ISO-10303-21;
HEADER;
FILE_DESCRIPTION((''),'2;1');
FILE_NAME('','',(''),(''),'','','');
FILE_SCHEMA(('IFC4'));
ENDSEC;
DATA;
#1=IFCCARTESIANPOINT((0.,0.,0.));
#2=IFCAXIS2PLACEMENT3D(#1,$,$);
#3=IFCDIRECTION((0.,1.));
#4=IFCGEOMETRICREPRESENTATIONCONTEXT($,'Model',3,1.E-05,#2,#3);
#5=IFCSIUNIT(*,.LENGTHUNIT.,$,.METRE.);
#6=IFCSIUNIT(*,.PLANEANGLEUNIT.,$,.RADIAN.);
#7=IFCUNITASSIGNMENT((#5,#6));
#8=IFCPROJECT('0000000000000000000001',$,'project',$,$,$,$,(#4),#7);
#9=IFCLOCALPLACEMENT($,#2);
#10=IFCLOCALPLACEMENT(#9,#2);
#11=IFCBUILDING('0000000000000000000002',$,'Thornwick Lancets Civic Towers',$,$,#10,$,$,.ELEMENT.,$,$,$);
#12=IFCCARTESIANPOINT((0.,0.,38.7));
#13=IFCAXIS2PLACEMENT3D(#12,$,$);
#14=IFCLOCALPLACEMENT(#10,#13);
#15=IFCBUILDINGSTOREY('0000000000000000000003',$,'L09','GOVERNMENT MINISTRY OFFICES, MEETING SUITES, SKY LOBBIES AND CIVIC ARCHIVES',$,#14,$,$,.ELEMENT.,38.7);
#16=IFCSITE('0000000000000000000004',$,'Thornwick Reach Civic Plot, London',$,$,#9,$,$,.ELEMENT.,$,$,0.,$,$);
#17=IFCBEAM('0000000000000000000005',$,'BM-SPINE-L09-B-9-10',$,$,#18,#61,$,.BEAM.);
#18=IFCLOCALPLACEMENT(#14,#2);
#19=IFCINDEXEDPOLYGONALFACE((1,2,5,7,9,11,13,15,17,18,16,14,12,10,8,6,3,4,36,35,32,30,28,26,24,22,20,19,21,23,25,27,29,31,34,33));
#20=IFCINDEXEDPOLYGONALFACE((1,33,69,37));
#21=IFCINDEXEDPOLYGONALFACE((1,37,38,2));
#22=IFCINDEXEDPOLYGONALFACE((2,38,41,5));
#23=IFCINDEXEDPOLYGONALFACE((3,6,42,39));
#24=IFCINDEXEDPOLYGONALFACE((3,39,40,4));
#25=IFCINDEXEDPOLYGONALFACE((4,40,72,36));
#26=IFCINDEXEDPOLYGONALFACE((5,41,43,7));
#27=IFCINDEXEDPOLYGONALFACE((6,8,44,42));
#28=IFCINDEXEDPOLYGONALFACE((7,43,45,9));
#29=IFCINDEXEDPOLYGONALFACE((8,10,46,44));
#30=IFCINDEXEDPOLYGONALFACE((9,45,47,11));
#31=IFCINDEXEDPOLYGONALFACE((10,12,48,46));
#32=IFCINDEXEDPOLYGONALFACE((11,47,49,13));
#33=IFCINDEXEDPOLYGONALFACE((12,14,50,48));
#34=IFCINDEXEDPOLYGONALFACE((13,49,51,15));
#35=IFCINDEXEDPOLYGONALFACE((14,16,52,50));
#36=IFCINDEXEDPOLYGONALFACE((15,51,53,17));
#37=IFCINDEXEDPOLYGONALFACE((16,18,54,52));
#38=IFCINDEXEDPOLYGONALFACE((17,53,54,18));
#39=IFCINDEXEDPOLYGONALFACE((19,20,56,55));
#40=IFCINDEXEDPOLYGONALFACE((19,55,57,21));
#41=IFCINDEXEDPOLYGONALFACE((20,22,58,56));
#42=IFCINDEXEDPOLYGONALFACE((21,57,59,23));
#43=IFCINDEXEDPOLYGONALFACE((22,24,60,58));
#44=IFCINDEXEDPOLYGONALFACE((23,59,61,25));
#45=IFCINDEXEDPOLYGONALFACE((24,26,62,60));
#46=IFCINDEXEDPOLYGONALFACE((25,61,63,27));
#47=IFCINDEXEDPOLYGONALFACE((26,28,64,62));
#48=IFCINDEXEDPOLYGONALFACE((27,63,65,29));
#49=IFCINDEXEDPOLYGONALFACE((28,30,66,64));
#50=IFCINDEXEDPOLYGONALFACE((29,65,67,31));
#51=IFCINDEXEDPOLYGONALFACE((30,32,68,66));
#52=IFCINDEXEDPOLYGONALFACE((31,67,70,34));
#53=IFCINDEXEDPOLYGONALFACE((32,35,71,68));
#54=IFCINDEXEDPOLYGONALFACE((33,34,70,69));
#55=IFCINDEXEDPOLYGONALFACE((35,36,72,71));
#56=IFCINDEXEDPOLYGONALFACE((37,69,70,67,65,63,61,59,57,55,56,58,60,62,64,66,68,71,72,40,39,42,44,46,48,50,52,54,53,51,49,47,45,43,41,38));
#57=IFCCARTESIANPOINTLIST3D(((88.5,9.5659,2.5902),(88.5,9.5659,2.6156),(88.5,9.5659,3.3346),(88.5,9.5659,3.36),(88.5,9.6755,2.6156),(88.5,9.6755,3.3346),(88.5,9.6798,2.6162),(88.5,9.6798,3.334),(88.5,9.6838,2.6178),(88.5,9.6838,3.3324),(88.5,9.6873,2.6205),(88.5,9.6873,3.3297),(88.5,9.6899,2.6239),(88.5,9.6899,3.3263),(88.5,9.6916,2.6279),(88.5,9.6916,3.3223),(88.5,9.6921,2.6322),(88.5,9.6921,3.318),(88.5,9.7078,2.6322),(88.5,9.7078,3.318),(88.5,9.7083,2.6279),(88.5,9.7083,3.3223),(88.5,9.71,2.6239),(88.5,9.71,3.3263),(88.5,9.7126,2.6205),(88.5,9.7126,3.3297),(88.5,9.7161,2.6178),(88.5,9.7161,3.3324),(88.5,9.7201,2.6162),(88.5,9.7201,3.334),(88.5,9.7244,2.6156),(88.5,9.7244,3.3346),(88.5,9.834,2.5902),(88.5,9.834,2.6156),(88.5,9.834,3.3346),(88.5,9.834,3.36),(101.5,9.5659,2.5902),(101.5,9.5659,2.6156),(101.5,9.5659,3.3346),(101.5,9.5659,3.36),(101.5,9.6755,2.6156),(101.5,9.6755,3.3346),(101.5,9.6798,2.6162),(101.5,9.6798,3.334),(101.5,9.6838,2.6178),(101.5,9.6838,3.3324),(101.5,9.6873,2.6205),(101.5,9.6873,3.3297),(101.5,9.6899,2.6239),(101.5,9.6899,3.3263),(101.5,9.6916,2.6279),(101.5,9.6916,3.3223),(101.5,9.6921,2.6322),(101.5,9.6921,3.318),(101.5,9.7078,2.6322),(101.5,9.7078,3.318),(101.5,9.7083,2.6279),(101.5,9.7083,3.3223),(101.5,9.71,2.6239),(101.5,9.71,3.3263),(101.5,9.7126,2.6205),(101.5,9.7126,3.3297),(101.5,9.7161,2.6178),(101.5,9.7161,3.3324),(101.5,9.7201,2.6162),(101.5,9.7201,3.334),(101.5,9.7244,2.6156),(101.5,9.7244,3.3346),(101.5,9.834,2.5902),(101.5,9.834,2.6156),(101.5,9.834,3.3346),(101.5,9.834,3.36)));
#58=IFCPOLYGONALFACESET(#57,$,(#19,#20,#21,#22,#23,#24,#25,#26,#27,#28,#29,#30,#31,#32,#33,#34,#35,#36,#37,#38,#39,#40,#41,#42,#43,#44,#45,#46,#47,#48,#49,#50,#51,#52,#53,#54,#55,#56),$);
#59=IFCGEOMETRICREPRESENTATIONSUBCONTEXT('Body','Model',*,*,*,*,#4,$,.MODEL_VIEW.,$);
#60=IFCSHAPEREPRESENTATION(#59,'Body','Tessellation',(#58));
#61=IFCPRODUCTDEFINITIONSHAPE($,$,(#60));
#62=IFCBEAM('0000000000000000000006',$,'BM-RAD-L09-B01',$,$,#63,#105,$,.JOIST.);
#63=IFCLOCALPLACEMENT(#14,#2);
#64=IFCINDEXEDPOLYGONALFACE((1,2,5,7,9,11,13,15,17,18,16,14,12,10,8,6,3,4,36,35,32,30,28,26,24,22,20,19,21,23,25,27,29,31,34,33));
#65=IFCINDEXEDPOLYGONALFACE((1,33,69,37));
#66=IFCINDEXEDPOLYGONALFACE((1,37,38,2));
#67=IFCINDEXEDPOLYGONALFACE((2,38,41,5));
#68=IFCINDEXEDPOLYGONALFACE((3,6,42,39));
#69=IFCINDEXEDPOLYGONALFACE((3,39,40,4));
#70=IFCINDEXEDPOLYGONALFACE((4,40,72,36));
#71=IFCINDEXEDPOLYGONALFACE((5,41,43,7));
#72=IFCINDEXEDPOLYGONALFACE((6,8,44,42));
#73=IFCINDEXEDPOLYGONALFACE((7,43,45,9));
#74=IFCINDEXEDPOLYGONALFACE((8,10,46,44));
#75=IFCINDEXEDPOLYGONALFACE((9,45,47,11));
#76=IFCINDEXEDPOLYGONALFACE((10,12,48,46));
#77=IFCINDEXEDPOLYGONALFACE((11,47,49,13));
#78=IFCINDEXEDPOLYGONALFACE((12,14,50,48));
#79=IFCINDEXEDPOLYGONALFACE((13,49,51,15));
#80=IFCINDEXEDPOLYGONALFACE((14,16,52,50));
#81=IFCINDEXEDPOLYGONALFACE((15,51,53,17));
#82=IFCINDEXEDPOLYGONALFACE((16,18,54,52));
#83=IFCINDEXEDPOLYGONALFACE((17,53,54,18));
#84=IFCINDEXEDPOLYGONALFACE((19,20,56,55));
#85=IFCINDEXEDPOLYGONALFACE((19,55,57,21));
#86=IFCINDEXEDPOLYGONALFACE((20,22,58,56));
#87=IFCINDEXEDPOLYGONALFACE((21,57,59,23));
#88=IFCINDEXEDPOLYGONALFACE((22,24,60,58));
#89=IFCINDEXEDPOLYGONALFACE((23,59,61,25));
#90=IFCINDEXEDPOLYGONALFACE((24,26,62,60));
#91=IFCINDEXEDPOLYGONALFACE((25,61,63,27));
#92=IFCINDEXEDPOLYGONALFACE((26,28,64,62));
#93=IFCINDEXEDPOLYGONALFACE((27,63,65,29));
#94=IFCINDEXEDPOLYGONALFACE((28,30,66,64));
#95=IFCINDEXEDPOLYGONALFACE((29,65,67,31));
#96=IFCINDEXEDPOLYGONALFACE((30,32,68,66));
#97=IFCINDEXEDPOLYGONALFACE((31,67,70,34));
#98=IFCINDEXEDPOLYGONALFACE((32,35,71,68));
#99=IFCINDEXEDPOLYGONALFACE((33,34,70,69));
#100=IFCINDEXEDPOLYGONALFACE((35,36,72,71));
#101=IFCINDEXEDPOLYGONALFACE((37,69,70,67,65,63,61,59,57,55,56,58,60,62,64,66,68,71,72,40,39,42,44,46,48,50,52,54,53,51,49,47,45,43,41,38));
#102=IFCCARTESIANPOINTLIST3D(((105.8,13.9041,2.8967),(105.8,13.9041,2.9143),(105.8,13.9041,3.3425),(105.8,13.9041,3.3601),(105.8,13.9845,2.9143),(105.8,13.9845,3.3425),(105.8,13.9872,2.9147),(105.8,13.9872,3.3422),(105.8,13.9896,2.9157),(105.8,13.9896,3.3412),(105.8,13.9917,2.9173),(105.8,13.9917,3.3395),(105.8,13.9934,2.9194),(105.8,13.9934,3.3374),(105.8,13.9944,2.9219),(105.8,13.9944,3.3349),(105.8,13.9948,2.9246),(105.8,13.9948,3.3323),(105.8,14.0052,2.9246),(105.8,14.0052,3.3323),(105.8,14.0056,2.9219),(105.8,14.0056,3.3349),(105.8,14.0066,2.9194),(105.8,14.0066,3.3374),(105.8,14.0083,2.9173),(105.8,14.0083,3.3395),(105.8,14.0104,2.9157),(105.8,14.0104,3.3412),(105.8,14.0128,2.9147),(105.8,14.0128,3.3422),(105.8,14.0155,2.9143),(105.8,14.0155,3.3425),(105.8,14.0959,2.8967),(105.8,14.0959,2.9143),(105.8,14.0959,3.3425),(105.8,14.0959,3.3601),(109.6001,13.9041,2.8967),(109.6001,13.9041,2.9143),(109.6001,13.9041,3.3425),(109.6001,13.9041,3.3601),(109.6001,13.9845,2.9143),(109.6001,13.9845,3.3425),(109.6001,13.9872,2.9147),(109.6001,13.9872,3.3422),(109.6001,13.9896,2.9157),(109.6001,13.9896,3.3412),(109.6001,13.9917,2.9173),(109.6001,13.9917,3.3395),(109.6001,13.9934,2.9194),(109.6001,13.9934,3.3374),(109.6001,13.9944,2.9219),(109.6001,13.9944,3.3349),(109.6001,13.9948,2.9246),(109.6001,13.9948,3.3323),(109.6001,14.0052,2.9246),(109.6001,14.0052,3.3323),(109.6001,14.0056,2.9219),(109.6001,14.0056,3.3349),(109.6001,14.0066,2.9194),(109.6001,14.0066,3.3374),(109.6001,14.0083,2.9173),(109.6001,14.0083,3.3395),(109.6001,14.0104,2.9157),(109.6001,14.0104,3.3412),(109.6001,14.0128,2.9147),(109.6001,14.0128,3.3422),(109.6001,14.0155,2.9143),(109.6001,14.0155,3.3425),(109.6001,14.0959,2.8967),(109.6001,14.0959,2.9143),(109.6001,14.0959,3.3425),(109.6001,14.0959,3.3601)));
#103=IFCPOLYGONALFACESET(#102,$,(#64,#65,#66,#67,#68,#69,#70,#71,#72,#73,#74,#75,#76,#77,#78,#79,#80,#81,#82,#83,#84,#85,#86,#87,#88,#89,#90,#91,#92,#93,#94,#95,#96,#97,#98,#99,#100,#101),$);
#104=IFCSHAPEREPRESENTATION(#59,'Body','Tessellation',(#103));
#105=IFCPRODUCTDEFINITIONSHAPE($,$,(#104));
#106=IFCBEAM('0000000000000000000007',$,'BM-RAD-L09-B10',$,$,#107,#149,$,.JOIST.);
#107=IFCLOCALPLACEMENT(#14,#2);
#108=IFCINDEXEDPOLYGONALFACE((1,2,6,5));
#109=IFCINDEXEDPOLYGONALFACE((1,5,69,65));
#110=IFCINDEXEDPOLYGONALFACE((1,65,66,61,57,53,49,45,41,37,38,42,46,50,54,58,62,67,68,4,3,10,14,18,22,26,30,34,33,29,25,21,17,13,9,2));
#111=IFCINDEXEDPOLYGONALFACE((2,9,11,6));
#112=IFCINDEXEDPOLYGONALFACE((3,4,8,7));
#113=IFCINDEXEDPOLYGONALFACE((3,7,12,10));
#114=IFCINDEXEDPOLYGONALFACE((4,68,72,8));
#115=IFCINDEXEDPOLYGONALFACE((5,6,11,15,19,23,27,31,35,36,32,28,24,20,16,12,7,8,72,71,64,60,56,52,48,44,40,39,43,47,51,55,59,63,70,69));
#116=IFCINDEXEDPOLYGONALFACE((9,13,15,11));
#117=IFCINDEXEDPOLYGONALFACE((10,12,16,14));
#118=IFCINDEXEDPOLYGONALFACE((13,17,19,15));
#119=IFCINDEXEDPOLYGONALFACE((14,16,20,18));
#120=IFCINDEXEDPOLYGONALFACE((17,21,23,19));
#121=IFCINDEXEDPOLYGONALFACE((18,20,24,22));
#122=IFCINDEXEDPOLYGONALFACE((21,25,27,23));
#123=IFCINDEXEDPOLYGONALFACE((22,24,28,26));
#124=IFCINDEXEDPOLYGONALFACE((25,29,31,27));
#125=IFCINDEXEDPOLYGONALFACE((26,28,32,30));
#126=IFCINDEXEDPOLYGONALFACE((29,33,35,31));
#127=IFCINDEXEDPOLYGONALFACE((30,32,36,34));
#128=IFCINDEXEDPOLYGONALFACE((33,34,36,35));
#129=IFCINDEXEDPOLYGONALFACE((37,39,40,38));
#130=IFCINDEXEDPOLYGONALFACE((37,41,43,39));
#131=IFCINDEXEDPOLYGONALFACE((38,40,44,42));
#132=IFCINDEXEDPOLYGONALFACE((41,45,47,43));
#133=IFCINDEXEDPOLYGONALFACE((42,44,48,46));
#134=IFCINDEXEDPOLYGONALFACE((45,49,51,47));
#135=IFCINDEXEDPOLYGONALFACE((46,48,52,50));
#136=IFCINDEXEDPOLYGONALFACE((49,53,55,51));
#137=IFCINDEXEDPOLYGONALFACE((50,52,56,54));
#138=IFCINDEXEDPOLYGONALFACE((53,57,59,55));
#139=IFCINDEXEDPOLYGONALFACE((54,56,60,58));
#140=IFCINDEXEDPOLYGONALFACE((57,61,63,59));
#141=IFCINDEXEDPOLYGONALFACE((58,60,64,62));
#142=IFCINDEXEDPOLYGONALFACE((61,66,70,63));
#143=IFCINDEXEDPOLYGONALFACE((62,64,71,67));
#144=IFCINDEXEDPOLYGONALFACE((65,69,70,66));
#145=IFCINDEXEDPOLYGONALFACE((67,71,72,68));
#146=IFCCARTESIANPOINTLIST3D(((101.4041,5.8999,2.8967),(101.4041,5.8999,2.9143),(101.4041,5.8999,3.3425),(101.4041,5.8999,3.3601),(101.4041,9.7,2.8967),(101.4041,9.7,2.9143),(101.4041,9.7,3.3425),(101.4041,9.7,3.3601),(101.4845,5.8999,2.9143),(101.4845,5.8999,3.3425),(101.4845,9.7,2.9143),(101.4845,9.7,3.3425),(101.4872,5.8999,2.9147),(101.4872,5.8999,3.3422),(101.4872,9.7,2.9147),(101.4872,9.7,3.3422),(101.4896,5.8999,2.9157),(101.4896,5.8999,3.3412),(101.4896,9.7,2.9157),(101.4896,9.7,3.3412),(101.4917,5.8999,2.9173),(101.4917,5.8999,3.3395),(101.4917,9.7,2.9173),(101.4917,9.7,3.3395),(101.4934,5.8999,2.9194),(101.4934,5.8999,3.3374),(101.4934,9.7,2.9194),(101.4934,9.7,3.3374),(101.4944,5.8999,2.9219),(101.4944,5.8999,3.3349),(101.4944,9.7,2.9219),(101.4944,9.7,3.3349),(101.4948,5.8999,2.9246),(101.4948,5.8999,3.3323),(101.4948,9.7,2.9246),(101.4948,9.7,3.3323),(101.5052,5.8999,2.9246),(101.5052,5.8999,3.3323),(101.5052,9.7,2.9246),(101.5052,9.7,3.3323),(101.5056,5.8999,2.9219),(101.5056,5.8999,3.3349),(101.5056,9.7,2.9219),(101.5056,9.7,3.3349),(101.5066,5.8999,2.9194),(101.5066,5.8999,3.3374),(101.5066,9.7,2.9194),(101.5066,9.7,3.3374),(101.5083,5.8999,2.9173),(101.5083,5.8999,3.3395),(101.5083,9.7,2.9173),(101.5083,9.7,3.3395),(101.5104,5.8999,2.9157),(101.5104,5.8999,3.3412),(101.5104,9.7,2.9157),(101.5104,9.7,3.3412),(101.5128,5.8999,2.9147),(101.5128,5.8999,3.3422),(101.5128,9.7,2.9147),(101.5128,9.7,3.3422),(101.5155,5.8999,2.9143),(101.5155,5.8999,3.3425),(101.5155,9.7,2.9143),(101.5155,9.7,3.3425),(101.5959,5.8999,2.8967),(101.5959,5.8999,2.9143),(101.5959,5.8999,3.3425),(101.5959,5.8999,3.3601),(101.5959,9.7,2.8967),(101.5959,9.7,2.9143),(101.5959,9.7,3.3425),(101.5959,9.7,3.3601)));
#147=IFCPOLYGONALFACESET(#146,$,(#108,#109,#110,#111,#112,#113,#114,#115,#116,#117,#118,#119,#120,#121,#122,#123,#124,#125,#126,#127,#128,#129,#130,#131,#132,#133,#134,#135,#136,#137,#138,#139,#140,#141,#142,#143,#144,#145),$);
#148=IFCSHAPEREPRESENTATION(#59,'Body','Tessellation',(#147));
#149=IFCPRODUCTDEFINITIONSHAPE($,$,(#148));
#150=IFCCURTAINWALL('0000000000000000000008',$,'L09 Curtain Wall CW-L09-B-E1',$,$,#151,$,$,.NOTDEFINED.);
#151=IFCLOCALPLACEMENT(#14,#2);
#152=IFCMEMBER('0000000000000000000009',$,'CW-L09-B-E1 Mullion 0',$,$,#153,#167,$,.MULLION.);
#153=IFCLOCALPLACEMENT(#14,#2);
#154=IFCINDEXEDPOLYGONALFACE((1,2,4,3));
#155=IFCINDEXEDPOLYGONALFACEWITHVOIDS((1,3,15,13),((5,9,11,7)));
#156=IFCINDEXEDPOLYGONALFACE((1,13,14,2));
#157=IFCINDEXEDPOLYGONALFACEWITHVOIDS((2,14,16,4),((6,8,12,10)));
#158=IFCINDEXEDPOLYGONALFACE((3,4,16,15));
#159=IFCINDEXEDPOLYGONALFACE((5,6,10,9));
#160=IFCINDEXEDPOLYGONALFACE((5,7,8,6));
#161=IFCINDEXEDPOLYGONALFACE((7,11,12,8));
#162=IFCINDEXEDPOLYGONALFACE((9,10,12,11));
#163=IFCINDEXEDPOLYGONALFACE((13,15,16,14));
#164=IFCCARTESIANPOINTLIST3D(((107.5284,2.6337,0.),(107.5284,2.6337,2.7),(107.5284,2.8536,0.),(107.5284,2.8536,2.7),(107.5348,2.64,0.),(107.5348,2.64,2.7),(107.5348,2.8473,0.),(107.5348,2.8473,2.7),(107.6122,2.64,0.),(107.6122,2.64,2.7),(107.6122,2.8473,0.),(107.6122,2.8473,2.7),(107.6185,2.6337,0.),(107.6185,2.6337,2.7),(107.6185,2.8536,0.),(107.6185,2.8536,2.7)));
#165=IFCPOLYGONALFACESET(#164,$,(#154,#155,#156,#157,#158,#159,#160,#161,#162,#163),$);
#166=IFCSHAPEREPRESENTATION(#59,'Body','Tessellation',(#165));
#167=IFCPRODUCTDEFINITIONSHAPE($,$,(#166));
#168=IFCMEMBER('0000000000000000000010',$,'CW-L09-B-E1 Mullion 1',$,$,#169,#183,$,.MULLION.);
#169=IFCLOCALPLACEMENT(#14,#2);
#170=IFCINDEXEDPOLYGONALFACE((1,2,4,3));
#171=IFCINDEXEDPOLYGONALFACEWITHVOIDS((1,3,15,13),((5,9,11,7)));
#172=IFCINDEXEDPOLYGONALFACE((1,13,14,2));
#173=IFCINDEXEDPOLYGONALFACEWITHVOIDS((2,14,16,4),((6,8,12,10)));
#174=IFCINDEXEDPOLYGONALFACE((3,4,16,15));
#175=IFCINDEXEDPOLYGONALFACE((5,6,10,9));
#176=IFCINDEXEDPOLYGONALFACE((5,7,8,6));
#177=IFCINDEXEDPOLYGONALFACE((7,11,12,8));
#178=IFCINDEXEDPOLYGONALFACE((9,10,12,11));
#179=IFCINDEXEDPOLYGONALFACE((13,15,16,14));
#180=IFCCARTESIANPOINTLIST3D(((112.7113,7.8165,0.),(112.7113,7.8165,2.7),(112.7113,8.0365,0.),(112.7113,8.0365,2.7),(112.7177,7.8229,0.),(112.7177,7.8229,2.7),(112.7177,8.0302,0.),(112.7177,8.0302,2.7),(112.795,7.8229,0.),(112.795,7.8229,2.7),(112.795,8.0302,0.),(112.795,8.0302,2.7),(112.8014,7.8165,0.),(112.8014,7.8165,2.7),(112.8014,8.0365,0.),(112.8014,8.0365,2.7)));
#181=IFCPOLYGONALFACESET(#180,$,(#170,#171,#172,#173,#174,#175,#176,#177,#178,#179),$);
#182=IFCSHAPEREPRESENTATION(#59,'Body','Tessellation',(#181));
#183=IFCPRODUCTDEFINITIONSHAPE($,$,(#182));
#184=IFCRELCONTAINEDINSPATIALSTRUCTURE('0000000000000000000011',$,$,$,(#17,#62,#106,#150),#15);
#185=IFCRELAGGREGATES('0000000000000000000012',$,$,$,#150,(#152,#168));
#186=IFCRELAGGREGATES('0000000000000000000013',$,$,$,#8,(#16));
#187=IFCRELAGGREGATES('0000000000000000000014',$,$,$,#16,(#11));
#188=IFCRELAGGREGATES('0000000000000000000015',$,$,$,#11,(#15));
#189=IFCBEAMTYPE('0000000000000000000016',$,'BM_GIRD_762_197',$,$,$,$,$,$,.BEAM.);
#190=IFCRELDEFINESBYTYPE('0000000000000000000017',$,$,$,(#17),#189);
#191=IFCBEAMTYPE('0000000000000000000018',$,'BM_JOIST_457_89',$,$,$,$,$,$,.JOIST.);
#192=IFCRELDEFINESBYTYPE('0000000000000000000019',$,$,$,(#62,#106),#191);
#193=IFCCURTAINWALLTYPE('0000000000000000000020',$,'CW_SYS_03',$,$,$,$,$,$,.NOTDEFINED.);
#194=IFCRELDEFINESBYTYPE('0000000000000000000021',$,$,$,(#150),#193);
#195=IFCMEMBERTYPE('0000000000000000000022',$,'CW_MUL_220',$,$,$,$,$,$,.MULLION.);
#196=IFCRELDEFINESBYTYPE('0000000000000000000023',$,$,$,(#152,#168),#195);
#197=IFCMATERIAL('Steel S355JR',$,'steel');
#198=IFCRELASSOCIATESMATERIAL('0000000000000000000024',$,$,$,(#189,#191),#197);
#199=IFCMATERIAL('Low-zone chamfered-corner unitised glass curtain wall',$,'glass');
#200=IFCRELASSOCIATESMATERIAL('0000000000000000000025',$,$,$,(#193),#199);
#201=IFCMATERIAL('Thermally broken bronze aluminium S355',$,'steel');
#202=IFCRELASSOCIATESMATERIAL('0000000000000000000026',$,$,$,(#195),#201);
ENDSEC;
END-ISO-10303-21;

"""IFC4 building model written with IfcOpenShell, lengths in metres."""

from ifc_helpers import new_model, si_unit, direction, frame, origin, origin_2d, place, context, subcontext, project, spatial, hollow_rectangle, i_section, extrude, material, material_profile, profile_set, type_object, element, aggregate, save


model = new_model("IFC4")

# Units and contexts
model_context = context("Model", 3, precision=1e-05, world=origin(), true_north=direction((0.0, 1.0)))
body_context = subcontext(model_context, "Body", "Model", "MODEL_VIEW")
ifc_project = project(units=[si_unit("LENGTHUNIT", "METRE"), si_unit("PLANEANGLEUNIT", "RADIAN")], contexts=[model_context])

# Site, building, storey
site_placement = place(None, origin())
site = spatial("IfcSite", under=ifc_project, at=site_placement, Name="Thornwick Reach Civic Plot, London", CompositionType="ELEMENT", RefElevation=0.0)
building_placement = place(site_placement, origin())
building = spatial("IfcBuilding", under=site, at=building_placement, Name="Thornwick Lancets Civic Towers", CompositionType="ELEMENT")
storey_placement = place(building_placement, frame((0.0, 0.0, 38.7)))
storey = spatial("IfcBuildingStorey", under=building, at=storey_placement, Name="L09", Description="GOVERNMENT MINISTRY OFFICES, MEETING SUITES, SKY LOBBIES AND CIVIC ARCHIVES", CompositionType="ELEMENT", Elevation=38.7)

# Beams
ifc_material_1 = material(Name="Steel S355JR", Category="steel")
ifc_material_profile_1 = material_profile(ifc_material_1, i_section(OverallWidth=0.2681, OverallDepth=0.7698, WebThickness=0.0156, FlangeThickness=0.0254, FilletRadius=0.0166, at=origin_2d()), Name="UKB 762x267x197")
ifc_profile_set_1 = profile_set([ifc_material_profile_1], Name="Steel S355JR")
beam_type_1 = type_object("IfcBeamType", Name="BM_GIRD_762_197", PredefinedType="BEAM", material=ifc_profile_set_1)
for number, where, z_axis, x_axis, name in (
    (1, (101.5, 9.7, 2.9751), (-1.0, 0.0, 0.0), (0.0, -1.0, 0.0), "BM-SPINE-L09-B-9-10"),
):
    element("IfcBeam", number, at=place(storey_placement, frame(where, z_axis=z_axis, x_axis=x_axis)), inside=storey, type_object=beam_type_1, Name=name, PredefinedType="BEAM", context=body_context, shape_type="SweptSolid", body=[
        extrude(i_section(OverallWidth=0.2681, OverallDepth=0.7698, WebThickness=0.0156, FlangeThickness=0.0254, FilletRadius=0.0166, at=origin_2d()), origin(), (0.0, 0.0, 1.0), 13.0),
    ])
ifc_material_profile_2 = material_profile(ifc_material_1, i_section(OverallWidth=0.1919, OverallDepth=0.4634, WebThickness=0.0105, FlangeThickness=0.0176, FilletRadius=0.0103, at=origin_2d()), Name="UKB 457x191x89")
ifc_profile_set_2 = profile_set([ifc_material_profile_2], Name="Steel S355JR")
beam_type_2 = type_object("IfcBeamType", Name="BM_JOIST_457_89", PredefinedType="JOIST", material=ifc_profile_set_2)
for number, where, z_axis, x_axis, name in (
    (2, (105.8, 14.0, 3.1284), (1.0, 0.0, 0.0), (0.0, 1.0, 0.0), "BM-RAD-L09-B01"),
    (3, (101.5, 9.7, 3.1284), (0.0, -1.0, 0.0), (1.0, 0.0, 0.0), "BM-RAD-L09-B10"),
):
    element("IfcBeam", number, at=place(storey_placement, frame(where, z_axis=z_axis, x_axis=x_axis)), inside=storey, type_object=beam_type_2, Name=name, PredefinedType="JOIST", context=body_context, shape_type="SweptSolid", body=[
        extrude(i_section(OverallWidth=0.1919, OverallDepth=0.4634, WebThickness=0.0105, FlangeThickness=0.0176, FilletRadius=0.0103, at=origin_2d()), origin(), (0.0, 0.0, 1.0), 3.8),
    ])

# Curtain wall, members
ifc_material_2 = material(Name="Low-zone chamfered-corner unitised glass curtain wall", Category="glass")
curtain_wall_type = type_object("IfcCurtainWallType", Name="CW_SYS_03", PredefinedType="NOTDEFINED", material=ifc_material_2)
curtain_wall_placement = place(storey_placement, origin())
curtain_wall = element("IfcCurtainWall", 4, at=curtain_wall_placement, inside=storey, type_object=curtain_wall_type, Name="L09 Curtain Wall CW-L09-B-E1", PredefinedType="NOTDEFINED")
ifc_material_3 = material(Name="Thermally broken bronze aluminium S355", Category="steel")
ifc_material_profile_3 = material_profile(ifc_material_3, hollow_rectangle(XDim=0.0901, YDim=0.22, WallThickness=0.0063, at=origin_2d()), Name="RHS 220x90x6.3")
ifc_profile_set_3 = profile_set([ifc_material_profile_3], Name="Thermally broken bronze aluminium S355")
member_type_1 = type_object("IfcMemberType", Name="CW_MUL_220", PredefinedType="MULLION", material=ifc_profile_set_3)
member_1_placement = place(storey_placement, frame((107.5735, 2.7437, 0.0), z_axis=(0.0, 0.0, 1.0), x_axis=(1.0, 0.0, 0.0)))
member_1 = element("IfcMember", 5, at=member_1_placement, type_object=member_type_1, Name="CW-L09-B-E1 Mullion 0", PredefinedType="MULLION", context=body_context, shape_type="SweptSolid", body=[
    extrude(hollow_rectangle(XDim=0.0901, YDim=0.22, WallThickness=0.0063, at=origin_2d()), origin(), (0.0, 0.0, 1.0), 2.7),
])
member_2_placement = place(storey_placement, frame((112.7563, 7.9265, 0.0), z_axis=(0.0, 0.0, 1.0), x_axis=(1.0, 0.0, 0.0)))
member_2 = element("IfcMember", 6, at=member_2_placement, type_object=member_type_1, Name="CW-L09-B-E1 Mullion 1", PredefinedType="MULLION", context=body_context, shape_type="SweptSolid", body=[
    extrude(hollow_rectangle(XDim=0.0901, YDim=0.22, WallThickness=0.0063, at=origin_2d()), origin(), (0.0, 0.0, 1.0), 2.7),
])
aggregate(curtain_wall, [member_1, member_2])

save(model, "model.ifc")
